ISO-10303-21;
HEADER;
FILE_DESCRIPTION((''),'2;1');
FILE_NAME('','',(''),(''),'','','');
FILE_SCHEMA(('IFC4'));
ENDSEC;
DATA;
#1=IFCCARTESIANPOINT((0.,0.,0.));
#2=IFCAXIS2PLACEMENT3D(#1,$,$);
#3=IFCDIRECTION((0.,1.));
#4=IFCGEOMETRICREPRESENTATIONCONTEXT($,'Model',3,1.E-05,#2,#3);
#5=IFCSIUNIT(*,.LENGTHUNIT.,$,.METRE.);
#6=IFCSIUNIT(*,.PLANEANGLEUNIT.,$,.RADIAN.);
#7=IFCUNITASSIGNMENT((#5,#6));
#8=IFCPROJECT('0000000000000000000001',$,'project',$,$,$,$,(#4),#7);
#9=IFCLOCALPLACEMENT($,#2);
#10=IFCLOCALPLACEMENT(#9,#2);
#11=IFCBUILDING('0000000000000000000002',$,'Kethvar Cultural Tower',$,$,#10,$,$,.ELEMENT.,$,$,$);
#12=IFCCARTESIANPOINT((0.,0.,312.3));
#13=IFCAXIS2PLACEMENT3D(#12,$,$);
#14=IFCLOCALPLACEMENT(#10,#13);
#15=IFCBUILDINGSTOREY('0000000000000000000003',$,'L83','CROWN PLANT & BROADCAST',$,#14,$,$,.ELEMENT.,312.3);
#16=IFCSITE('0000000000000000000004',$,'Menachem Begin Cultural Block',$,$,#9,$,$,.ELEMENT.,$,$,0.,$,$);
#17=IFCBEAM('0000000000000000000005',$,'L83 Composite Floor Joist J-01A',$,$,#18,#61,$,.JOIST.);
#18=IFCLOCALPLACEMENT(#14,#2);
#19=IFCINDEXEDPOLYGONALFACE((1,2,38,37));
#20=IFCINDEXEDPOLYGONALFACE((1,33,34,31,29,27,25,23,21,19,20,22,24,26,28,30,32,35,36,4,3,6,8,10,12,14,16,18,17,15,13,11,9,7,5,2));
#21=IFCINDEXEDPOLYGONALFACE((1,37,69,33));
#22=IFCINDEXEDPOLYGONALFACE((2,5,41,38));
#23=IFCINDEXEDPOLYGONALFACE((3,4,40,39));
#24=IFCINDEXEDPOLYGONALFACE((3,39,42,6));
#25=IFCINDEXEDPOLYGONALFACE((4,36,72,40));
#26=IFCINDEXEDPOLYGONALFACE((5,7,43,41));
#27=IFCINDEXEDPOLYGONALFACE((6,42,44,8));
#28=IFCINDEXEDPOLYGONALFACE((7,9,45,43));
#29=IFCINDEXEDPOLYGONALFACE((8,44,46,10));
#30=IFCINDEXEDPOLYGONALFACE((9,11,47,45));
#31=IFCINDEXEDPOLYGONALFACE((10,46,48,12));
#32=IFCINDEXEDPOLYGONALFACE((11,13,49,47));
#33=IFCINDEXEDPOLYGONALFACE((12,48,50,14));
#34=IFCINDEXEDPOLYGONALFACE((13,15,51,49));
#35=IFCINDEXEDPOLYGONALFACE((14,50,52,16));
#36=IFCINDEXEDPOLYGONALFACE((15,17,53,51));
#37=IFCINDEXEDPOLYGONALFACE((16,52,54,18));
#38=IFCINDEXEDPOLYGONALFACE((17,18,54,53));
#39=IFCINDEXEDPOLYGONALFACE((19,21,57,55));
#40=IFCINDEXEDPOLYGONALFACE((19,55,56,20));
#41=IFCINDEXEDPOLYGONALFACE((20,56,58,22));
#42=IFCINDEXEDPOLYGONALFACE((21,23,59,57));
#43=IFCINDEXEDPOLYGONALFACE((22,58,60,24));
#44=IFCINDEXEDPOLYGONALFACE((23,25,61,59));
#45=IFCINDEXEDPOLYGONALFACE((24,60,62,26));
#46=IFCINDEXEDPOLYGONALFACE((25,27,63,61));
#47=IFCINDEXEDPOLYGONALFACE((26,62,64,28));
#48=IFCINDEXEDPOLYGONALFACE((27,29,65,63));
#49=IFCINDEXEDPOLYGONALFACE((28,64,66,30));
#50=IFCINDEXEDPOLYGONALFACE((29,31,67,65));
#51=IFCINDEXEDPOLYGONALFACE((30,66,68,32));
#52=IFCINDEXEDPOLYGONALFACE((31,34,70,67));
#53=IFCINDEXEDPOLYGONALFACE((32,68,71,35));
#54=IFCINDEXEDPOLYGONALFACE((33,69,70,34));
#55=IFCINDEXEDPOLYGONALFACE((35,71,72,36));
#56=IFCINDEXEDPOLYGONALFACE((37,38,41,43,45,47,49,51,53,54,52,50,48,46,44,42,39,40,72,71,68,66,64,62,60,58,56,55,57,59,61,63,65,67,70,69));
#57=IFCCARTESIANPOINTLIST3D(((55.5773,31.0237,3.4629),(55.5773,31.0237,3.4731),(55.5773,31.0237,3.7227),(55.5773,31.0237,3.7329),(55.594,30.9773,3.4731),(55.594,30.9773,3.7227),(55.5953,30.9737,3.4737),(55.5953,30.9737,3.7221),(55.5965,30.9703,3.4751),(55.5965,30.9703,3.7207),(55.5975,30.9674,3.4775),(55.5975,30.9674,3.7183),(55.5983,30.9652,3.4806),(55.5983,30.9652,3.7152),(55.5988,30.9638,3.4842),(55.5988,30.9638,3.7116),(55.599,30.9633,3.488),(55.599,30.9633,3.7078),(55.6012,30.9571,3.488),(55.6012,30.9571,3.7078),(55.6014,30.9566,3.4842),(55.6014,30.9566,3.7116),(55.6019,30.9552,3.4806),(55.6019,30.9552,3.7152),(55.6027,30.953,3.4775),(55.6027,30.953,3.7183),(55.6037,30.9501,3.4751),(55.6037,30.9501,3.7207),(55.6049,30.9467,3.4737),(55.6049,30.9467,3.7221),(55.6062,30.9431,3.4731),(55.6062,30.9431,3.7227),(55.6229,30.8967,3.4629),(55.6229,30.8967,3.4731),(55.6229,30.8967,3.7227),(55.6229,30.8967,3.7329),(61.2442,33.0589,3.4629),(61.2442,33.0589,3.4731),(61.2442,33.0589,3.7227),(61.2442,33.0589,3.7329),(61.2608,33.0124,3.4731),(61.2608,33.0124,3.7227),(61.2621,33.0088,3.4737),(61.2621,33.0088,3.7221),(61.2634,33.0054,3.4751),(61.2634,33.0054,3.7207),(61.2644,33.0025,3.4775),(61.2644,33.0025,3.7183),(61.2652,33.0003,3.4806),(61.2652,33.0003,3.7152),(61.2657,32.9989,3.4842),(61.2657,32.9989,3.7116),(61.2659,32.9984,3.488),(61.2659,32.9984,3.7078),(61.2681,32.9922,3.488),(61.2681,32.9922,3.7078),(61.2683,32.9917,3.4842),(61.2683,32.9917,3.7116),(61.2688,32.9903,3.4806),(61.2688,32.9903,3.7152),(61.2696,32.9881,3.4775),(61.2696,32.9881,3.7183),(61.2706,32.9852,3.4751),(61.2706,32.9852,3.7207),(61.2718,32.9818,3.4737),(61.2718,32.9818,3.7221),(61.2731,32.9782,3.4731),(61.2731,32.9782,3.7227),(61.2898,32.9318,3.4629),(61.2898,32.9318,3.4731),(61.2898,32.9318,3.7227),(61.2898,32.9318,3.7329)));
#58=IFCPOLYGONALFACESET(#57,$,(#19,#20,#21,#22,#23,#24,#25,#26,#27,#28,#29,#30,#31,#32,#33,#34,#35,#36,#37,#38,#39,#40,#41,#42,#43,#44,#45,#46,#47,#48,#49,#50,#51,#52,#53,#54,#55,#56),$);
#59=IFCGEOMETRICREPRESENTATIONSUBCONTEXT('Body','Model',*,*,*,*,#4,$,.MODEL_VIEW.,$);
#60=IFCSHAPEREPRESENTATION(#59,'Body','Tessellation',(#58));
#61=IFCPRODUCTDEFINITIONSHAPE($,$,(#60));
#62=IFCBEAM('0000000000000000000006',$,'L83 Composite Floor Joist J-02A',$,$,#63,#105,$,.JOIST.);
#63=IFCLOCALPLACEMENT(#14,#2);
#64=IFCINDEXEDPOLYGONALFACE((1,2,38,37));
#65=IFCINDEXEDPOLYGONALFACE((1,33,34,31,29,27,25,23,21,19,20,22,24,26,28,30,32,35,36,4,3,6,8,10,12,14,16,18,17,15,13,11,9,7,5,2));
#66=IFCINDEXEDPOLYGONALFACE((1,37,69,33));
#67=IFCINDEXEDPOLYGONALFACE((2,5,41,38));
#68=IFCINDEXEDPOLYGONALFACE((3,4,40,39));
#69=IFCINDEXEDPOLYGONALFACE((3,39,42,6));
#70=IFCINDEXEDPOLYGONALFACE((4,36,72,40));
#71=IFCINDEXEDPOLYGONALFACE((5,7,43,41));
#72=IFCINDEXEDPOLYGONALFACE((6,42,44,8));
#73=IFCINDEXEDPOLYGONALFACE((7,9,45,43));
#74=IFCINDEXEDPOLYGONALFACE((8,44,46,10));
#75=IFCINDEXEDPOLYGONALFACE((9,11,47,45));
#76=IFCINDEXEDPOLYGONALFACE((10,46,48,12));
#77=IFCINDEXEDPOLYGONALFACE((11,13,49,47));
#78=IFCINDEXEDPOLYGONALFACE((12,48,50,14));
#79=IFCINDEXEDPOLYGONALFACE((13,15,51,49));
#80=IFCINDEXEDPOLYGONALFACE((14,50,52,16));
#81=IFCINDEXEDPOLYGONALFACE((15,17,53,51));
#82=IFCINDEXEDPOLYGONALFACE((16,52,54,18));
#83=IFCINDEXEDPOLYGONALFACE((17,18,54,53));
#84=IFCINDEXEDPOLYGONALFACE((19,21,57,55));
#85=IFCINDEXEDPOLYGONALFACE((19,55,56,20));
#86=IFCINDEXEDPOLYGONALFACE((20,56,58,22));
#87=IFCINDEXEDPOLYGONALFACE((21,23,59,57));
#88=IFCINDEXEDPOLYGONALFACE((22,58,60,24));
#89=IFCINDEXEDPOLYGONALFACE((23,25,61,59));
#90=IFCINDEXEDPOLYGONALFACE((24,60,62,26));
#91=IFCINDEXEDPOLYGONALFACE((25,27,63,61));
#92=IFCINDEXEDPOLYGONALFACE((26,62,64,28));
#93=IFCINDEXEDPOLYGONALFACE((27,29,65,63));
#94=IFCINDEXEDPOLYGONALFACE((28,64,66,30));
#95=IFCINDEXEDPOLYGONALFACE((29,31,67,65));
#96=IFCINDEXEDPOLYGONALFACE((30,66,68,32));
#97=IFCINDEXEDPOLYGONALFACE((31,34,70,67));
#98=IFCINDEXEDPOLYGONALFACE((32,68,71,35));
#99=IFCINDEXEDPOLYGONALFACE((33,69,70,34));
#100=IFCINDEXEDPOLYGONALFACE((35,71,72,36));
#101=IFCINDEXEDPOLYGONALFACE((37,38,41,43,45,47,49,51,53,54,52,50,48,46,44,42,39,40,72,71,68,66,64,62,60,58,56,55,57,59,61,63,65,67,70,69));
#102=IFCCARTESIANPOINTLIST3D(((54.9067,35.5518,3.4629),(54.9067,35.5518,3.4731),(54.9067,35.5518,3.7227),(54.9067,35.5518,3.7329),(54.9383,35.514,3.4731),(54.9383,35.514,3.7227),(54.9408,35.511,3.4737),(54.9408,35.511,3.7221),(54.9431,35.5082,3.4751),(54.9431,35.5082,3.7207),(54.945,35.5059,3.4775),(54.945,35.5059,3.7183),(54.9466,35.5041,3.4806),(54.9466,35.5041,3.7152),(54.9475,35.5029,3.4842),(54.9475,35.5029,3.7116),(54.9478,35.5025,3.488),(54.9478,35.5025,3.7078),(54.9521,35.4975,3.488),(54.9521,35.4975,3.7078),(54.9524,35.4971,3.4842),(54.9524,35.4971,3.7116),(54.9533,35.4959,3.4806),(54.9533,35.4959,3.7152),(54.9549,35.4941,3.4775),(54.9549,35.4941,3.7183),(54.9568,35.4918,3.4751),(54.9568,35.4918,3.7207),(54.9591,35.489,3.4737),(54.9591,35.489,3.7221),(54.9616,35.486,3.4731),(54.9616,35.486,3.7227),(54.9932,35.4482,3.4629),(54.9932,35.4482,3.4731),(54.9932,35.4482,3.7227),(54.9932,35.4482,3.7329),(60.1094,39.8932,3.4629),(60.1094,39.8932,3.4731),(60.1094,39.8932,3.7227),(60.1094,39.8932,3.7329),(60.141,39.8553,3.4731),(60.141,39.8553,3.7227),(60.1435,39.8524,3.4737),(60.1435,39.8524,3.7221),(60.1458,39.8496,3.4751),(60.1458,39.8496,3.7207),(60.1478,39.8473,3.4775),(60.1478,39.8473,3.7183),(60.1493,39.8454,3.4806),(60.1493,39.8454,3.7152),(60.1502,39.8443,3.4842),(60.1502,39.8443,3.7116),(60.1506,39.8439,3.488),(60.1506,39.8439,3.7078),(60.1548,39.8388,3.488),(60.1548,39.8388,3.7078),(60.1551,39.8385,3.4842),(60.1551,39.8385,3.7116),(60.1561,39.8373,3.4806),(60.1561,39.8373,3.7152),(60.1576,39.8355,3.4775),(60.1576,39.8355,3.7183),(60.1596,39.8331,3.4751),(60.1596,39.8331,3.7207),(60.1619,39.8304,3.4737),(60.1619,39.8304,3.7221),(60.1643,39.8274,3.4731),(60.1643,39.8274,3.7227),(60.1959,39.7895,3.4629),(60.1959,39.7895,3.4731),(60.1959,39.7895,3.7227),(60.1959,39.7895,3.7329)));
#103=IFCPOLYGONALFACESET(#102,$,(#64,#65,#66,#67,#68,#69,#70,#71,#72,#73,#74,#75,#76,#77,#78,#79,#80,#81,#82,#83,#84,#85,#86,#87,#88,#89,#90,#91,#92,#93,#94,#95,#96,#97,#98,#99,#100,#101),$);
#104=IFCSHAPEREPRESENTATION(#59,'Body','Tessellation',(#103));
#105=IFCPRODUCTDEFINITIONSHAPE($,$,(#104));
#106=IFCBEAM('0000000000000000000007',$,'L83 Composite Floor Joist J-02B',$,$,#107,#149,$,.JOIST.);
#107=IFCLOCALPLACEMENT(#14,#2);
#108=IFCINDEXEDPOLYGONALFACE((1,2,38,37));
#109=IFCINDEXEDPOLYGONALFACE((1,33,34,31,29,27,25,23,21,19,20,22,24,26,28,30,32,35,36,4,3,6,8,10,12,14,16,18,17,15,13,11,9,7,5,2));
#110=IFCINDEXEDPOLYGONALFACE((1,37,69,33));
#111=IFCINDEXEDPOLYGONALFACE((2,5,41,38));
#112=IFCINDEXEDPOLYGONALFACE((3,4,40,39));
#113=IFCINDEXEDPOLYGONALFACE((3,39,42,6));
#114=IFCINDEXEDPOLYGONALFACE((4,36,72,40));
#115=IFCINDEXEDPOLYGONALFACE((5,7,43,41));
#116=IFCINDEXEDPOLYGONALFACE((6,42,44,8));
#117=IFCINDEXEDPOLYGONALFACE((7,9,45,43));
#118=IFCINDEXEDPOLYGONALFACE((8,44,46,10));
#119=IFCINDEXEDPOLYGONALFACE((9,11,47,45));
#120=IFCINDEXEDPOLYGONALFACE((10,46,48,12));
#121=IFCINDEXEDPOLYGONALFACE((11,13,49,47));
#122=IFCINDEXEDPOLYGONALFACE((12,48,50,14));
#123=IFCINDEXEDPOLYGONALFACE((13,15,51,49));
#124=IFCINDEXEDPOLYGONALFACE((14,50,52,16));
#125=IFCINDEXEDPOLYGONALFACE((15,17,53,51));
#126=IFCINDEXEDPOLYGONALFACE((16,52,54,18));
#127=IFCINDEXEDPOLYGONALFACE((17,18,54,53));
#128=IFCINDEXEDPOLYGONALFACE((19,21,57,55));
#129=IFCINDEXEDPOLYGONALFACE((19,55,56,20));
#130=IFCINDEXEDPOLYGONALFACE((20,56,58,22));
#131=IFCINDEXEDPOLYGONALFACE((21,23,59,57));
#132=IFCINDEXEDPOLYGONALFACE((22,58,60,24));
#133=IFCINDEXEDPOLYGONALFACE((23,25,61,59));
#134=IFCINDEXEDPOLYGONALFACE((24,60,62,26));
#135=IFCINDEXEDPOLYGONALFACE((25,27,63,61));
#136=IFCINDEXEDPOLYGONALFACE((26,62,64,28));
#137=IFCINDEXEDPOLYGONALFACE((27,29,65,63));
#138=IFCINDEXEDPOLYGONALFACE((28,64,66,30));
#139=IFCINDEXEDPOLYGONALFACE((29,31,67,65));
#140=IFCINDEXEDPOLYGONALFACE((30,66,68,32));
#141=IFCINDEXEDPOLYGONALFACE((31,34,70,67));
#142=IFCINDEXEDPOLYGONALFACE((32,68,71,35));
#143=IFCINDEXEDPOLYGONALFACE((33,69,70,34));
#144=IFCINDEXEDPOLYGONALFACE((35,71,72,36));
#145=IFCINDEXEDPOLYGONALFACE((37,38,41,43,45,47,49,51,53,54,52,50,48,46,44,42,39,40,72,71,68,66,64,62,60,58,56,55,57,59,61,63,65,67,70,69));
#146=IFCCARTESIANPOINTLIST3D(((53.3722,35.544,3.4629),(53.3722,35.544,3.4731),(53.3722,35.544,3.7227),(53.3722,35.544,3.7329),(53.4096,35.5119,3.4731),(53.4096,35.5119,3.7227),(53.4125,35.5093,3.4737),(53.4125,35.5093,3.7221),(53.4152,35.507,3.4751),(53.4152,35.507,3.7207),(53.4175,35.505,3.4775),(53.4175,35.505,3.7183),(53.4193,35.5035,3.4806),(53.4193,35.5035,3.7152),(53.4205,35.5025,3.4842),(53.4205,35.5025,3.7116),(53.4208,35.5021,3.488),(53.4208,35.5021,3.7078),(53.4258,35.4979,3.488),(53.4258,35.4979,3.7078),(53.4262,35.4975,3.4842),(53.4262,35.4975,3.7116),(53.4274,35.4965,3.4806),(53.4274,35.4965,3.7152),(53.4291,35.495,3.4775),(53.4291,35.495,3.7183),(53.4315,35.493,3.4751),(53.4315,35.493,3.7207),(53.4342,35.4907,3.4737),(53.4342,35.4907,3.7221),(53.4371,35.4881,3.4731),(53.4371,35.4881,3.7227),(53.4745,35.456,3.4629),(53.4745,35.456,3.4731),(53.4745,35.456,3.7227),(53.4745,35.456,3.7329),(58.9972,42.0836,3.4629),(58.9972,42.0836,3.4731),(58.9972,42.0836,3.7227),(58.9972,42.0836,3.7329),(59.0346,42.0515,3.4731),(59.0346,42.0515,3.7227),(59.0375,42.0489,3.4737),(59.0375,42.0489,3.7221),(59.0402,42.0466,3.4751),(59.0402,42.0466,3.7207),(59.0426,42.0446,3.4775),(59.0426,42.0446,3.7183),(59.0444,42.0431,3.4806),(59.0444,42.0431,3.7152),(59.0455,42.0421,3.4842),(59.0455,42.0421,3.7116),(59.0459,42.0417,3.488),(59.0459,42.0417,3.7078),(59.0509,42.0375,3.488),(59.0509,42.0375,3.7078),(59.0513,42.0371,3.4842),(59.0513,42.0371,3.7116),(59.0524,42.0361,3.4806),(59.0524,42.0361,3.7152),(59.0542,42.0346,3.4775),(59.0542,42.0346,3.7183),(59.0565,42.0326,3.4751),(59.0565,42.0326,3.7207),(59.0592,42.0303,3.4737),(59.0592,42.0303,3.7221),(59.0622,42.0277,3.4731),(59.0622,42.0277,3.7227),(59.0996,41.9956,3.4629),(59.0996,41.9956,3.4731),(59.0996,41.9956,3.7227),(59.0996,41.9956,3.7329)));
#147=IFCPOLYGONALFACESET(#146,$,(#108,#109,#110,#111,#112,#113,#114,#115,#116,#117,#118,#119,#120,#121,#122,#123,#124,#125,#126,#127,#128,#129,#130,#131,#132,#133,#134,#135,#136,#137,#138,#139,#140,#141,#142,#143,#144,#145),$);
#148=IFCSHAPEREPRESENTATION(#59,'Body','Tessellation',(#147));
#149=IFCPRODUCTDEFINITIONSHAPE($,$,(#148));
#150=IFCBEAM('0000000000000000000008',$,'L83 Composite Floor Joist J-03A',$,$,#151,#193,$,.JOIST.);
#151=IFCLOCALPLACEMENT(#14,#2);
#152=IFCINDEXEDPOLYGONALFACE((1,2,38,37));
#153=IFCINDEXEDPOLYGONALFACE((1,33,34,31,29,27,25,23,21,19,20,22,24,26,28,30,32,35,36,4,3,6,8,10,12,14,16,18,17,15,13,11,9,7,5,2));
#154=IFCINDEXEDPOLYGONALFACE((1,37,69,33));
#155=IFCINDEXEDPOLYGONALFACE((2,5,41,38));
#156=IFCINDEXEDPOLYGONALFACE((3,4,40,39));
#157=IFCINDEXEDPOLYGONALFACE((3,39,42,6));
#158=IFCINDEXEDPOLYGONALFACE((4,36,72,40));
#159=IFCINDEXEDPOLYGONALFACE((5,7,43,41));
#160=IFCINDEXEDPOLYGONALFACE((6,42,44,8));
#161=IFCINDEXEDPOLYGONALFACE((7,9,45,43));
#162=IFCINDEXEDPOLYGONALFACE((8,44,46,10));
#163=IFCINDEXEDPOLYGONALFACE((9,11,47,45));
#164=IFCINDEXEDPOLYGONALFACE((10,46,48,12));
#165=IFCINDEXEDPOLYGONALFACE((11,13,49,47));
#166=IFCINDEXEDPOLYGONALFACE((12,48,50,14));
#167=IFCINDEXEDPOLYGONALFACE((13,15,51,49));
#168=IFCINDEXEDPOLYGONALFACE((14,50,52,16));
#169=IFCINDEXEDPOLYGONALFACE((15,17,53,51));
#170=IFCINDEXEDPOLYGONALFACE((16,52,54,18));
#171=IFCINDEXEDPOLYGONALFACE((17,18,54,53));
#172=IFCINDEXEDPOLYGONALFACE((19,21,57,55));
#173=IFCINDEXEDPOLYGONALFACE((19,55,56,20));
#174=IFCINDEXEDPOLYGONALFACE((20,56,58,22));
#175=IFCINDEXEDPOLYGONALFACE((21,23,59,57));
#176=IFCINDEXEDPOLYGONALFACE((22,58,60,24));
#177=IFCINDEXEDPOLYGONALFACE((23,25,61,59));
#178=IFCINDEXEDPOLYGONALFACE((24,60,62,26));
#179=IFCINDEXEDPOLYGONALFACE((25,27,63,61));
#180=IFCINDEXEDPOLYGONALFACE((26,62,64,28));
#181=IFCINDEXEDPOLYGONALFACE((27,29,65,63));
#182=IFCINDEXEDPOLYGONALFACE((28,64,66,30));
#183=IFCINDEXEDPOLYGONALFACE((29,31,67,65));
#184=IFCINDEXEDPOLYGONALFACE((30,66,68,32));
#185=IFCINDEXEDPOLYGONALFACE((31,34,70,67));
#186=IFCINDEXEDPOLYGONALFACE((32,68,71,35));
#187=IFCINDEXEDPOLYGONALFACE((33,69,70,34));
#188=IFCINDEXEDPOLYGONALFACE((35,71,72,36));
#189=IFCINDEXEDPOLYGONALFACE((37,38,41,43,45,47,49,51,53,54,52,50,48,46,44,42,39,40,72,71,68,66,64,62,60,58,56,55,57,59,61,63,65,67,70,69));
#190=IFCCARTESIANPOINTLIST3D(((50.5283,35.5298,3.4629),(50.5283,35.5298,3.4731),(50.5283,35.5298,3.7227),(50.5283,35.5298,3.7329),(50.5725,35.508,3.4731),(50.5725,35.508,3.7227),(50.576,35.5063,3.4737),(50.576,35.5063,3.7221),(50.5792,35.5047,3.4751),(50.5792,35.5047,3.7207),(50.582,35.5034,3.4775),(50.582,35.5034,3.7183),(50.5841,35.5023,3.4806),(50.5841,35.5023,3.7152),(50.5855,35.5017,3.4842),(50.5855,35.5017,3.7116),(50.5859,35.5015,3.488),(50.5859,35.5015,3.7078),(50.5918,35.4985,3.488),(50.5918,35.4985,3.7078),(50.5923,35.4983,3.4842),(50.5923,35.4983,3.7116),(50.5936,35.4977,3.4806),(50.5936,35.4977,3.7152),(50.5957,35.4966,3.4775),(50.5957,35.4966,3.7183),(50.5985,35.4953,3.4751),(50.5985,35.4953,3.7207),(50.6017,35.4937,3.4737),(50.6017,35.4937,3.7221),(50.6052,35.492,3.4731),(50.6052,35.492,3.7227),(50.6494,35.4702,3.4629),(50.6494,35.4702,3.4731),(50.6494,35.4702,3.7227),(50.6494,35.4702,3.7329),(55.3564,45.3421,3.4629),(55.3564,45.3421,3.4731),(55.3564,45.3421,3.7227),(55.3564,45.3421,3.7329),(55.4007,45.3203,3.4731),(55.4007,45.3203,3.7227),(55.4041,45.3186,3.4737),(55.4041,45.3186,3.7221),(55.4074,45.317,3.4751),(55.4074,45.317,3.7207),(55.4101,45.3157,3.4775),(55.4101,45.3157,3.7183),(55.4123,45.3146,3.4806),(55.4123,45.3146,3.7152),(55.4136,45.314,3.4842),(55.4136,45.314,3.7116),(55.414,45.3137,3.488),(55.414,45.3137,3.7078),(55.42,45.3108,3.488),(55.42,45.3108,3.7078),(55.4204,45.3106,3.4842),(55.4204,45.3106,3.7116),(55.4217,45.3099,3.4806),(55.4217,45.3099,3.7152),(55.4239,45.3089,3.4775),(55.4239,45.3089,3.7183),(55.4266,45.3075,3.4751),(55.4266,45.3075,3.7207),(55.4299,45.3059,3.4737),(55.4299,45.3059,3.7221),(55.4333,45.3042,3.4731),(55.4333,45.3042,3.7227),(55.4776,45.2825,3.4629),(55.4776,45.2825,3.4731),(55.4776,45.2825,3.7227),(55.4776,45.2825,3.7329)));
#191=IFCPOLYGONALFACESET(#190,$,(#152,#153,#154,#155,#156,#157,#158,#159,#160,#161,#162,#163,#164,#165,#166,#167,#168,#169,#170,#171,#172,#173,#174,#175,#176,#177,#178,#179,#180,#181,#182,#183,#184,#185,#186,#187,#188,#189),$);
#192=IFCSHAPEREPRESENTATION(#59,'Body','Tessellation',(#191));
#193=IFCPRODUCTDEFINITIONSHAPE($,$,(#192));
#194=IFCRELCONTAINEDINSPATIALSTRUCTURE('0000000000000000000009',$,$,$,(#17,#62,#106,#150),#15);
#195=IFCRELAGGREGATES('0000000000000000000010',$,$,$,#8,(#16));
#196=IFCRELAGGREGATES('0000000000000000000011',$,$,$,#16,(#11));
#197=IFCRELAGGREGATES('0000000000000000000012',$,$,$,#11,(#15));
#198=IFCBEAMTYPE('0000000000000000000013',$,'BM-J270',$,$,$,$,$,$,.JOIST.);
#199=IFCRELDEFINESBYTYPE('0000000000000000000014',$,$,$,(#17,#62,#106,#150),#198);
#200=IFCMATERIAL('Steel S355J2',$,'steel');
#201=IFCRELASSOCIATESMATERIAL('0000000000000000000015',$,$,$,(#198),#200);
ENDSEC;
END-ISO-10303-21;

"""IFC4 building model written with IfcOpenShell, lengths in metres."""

from ifc_helpers import new_model, si_unit, direction, frame, origin, origin_2d, place, context, subcontext, project, spatial, i_section, extrude, source, transform, mapped, material, material_profile, profile_set, type_object, element, save


model = new_model("IFC4")

# Units and contexts
model_context = context("Model", 3, precision=1e-05, world=origin(), true_north=direction((0.0, 1.0)))
body_context = subcontext(model_context, "Body", "Model", "MODEL_VIEW")
ifc_project = project(units=[si_unit("LENGTHUNIT", "METRE"), si_unit("PLANEANGLEUNIT", "RADIAN")], contexts=[model_context])

# Site, building, storey
site_placement = place(None, origin())
site = spatial("IfcSite", under=ifc_project, at=site_placement, Name="Menachem Begin Cultural Block", CompositionType="ELEMENT", RefElevation=0.0)
building_placement = place(site_placement, origin())
building = spatial("IfcBuilding", under=site, at=building_placement, Name="Kethvar Cultural Tower", CompositionType="ELEMENT")
storey_placement = place(building_placement, frame((0.0, 0.0, 312.3)))
storey = spatial("IfcBuildingStorey", under=building, at=storey_placement, Name="L83", Description="CROWN PLANT & BROADCAST", CompositionType="ELEMENT", Elevation=312.3)

# Beams
ifc_material_1 = material(Name="Steel S355J2", Category="steel")
ifc_material_profile_1 = material_profile(ifc_material_1, i_section(OverallWidth=0.135, OverallDepth=0.27, WebThickness=0.0066, FlangeThickness=0.0103, FilletRadius=0.0149, at=origin_2d()), Name="Steel S355J2 — IPE270")
ifc_profile_set_1 = profile_set([ifc_material_profile_1], Name="Steel S355J2 — IPE270")
beam_type_1 = type_object("IfcBeamType", Name="BM-J270", PredefinedType="JOIST", material=ifc_profile_set_1)
shared_shape_1 = source(origin(), body_context, "Body", "SweptSolid", [
    extrude(i_section(OverallWidth=0.135, OverallDepth=0.27, WebThickness=0.0066, FlangeThickness=0.0103, FilletRadius=0.0149, at=origin_2d()), origin(), (0.0, 0.0, 1.0), 6.0212),
])
beam_1_placement = place(storey_placement, frame((55.6001, 30.9602, 3.5979), z_axis=(0.94115, 0.33799, 0.0), x_axis=(-0.33799, 0.94115, 0.0)))
element("IfcBeam", 1, at=beam_1_placement, inside=storey, type_object=beam_type_1, Name="L83 Composite Floor Joist J-01A", PredefinedType="JOIST", context=body_context, shape_type="MappedRepresentation", body=[
    mapped(shared_shape_1, transform((0.0, 0.0, 0.0), scale=1.0)),
])
shared_shape_2 = source(origin(), body_context, "Body", "SweptSolid", [
    extrude(i_section(OverallWidth=0.135, OverallDepth=0.27, WebThickness=0.0066, FlangeThickness=0.0103, FilletRadius=0.0149, at=origin_2d()), origin(), (0.0, 0.0, 1.0), 6.7761),
])
beam_2_placement = place(storey_placement, frame((54.95, 35.5, 3.5979), z_axis=(0.767802, 0.640688, 0.0), x_axis=(-0.640688, 0.767802, 0.0)))
element("IfcBeam", 2, at=beam_2_placement, inside=storey, type_object=beam_type_1, Name="L83 Composite Floor Joist J-02A", PredefinedType="JOIST", context=body_context, shape_type="MappedRepresentation", body=[
    mapped(shared_shape_2, transform((0.0, 0.0, 0.0), scale=1.0)),
])
shared_shape_3 = source(origin(), body_context, "Body", "SweptSolid", [
    extrude(i_section(OverallWidth=0.135, OverallDepth=0.27, WebThickness=0.0066, FlangeThickness=0.0103, FilletRadius=0.0149, at=origin_2d()), origin(), (0.0, 0.0, 1.0), 8.626),
])
beam_3_placement = place(storey_placement, frame((53.4233, 35.5, 3.5979), z_axis=(0.652105, 0.758129, 0.0), x_axis=(-0.758129, 0.652105, 0.0)))
element("IfcBeam", 3, at=beam_3_placement, inside=storey, type_object=beam_type_1, Name="L83 Composite Floor Joist J-02B", PredefinedType="JOIST", context=body_context, shape_type="MappedRepresentation", body=[
    mapped(shared_shape_3, transform((0.0, 0.0, 0.0), scale=1.0)),
])
shared_shape_4 = source(origin(), body_context, "Body", "SweptSolid", [
    extrude(i_section(OverallWidth=0.135, OverallDepth=0.27, WebThickness=0.0066, FlangeThickness=0.0103, FilletRadius=0.0149, at=origin_2d()), origin(), (0.0, 0.0, 1.0), 10.9358),
])
beam_4_placement = place(storey_placement, frame((50.5889, 35.5, 3.5979), z_axis=(0.441498, 0.897262, 0.0), x_axis=(-0.897262, 0.441498, 0.0)))
element("IfcBeam", 4, at=beam_4_placement, inside=storey, type_object=beam_type_1, Name="L83 Composite Floor Joist J-03A", PredefinedType="JOIST", context=body_context, shape_type="MappedRepresentation", body=[
    mapped(shared_shape_4, transform((0.0, 0.0, 0.0), scale=1.0)),
])

save(model, "model.ifc")
